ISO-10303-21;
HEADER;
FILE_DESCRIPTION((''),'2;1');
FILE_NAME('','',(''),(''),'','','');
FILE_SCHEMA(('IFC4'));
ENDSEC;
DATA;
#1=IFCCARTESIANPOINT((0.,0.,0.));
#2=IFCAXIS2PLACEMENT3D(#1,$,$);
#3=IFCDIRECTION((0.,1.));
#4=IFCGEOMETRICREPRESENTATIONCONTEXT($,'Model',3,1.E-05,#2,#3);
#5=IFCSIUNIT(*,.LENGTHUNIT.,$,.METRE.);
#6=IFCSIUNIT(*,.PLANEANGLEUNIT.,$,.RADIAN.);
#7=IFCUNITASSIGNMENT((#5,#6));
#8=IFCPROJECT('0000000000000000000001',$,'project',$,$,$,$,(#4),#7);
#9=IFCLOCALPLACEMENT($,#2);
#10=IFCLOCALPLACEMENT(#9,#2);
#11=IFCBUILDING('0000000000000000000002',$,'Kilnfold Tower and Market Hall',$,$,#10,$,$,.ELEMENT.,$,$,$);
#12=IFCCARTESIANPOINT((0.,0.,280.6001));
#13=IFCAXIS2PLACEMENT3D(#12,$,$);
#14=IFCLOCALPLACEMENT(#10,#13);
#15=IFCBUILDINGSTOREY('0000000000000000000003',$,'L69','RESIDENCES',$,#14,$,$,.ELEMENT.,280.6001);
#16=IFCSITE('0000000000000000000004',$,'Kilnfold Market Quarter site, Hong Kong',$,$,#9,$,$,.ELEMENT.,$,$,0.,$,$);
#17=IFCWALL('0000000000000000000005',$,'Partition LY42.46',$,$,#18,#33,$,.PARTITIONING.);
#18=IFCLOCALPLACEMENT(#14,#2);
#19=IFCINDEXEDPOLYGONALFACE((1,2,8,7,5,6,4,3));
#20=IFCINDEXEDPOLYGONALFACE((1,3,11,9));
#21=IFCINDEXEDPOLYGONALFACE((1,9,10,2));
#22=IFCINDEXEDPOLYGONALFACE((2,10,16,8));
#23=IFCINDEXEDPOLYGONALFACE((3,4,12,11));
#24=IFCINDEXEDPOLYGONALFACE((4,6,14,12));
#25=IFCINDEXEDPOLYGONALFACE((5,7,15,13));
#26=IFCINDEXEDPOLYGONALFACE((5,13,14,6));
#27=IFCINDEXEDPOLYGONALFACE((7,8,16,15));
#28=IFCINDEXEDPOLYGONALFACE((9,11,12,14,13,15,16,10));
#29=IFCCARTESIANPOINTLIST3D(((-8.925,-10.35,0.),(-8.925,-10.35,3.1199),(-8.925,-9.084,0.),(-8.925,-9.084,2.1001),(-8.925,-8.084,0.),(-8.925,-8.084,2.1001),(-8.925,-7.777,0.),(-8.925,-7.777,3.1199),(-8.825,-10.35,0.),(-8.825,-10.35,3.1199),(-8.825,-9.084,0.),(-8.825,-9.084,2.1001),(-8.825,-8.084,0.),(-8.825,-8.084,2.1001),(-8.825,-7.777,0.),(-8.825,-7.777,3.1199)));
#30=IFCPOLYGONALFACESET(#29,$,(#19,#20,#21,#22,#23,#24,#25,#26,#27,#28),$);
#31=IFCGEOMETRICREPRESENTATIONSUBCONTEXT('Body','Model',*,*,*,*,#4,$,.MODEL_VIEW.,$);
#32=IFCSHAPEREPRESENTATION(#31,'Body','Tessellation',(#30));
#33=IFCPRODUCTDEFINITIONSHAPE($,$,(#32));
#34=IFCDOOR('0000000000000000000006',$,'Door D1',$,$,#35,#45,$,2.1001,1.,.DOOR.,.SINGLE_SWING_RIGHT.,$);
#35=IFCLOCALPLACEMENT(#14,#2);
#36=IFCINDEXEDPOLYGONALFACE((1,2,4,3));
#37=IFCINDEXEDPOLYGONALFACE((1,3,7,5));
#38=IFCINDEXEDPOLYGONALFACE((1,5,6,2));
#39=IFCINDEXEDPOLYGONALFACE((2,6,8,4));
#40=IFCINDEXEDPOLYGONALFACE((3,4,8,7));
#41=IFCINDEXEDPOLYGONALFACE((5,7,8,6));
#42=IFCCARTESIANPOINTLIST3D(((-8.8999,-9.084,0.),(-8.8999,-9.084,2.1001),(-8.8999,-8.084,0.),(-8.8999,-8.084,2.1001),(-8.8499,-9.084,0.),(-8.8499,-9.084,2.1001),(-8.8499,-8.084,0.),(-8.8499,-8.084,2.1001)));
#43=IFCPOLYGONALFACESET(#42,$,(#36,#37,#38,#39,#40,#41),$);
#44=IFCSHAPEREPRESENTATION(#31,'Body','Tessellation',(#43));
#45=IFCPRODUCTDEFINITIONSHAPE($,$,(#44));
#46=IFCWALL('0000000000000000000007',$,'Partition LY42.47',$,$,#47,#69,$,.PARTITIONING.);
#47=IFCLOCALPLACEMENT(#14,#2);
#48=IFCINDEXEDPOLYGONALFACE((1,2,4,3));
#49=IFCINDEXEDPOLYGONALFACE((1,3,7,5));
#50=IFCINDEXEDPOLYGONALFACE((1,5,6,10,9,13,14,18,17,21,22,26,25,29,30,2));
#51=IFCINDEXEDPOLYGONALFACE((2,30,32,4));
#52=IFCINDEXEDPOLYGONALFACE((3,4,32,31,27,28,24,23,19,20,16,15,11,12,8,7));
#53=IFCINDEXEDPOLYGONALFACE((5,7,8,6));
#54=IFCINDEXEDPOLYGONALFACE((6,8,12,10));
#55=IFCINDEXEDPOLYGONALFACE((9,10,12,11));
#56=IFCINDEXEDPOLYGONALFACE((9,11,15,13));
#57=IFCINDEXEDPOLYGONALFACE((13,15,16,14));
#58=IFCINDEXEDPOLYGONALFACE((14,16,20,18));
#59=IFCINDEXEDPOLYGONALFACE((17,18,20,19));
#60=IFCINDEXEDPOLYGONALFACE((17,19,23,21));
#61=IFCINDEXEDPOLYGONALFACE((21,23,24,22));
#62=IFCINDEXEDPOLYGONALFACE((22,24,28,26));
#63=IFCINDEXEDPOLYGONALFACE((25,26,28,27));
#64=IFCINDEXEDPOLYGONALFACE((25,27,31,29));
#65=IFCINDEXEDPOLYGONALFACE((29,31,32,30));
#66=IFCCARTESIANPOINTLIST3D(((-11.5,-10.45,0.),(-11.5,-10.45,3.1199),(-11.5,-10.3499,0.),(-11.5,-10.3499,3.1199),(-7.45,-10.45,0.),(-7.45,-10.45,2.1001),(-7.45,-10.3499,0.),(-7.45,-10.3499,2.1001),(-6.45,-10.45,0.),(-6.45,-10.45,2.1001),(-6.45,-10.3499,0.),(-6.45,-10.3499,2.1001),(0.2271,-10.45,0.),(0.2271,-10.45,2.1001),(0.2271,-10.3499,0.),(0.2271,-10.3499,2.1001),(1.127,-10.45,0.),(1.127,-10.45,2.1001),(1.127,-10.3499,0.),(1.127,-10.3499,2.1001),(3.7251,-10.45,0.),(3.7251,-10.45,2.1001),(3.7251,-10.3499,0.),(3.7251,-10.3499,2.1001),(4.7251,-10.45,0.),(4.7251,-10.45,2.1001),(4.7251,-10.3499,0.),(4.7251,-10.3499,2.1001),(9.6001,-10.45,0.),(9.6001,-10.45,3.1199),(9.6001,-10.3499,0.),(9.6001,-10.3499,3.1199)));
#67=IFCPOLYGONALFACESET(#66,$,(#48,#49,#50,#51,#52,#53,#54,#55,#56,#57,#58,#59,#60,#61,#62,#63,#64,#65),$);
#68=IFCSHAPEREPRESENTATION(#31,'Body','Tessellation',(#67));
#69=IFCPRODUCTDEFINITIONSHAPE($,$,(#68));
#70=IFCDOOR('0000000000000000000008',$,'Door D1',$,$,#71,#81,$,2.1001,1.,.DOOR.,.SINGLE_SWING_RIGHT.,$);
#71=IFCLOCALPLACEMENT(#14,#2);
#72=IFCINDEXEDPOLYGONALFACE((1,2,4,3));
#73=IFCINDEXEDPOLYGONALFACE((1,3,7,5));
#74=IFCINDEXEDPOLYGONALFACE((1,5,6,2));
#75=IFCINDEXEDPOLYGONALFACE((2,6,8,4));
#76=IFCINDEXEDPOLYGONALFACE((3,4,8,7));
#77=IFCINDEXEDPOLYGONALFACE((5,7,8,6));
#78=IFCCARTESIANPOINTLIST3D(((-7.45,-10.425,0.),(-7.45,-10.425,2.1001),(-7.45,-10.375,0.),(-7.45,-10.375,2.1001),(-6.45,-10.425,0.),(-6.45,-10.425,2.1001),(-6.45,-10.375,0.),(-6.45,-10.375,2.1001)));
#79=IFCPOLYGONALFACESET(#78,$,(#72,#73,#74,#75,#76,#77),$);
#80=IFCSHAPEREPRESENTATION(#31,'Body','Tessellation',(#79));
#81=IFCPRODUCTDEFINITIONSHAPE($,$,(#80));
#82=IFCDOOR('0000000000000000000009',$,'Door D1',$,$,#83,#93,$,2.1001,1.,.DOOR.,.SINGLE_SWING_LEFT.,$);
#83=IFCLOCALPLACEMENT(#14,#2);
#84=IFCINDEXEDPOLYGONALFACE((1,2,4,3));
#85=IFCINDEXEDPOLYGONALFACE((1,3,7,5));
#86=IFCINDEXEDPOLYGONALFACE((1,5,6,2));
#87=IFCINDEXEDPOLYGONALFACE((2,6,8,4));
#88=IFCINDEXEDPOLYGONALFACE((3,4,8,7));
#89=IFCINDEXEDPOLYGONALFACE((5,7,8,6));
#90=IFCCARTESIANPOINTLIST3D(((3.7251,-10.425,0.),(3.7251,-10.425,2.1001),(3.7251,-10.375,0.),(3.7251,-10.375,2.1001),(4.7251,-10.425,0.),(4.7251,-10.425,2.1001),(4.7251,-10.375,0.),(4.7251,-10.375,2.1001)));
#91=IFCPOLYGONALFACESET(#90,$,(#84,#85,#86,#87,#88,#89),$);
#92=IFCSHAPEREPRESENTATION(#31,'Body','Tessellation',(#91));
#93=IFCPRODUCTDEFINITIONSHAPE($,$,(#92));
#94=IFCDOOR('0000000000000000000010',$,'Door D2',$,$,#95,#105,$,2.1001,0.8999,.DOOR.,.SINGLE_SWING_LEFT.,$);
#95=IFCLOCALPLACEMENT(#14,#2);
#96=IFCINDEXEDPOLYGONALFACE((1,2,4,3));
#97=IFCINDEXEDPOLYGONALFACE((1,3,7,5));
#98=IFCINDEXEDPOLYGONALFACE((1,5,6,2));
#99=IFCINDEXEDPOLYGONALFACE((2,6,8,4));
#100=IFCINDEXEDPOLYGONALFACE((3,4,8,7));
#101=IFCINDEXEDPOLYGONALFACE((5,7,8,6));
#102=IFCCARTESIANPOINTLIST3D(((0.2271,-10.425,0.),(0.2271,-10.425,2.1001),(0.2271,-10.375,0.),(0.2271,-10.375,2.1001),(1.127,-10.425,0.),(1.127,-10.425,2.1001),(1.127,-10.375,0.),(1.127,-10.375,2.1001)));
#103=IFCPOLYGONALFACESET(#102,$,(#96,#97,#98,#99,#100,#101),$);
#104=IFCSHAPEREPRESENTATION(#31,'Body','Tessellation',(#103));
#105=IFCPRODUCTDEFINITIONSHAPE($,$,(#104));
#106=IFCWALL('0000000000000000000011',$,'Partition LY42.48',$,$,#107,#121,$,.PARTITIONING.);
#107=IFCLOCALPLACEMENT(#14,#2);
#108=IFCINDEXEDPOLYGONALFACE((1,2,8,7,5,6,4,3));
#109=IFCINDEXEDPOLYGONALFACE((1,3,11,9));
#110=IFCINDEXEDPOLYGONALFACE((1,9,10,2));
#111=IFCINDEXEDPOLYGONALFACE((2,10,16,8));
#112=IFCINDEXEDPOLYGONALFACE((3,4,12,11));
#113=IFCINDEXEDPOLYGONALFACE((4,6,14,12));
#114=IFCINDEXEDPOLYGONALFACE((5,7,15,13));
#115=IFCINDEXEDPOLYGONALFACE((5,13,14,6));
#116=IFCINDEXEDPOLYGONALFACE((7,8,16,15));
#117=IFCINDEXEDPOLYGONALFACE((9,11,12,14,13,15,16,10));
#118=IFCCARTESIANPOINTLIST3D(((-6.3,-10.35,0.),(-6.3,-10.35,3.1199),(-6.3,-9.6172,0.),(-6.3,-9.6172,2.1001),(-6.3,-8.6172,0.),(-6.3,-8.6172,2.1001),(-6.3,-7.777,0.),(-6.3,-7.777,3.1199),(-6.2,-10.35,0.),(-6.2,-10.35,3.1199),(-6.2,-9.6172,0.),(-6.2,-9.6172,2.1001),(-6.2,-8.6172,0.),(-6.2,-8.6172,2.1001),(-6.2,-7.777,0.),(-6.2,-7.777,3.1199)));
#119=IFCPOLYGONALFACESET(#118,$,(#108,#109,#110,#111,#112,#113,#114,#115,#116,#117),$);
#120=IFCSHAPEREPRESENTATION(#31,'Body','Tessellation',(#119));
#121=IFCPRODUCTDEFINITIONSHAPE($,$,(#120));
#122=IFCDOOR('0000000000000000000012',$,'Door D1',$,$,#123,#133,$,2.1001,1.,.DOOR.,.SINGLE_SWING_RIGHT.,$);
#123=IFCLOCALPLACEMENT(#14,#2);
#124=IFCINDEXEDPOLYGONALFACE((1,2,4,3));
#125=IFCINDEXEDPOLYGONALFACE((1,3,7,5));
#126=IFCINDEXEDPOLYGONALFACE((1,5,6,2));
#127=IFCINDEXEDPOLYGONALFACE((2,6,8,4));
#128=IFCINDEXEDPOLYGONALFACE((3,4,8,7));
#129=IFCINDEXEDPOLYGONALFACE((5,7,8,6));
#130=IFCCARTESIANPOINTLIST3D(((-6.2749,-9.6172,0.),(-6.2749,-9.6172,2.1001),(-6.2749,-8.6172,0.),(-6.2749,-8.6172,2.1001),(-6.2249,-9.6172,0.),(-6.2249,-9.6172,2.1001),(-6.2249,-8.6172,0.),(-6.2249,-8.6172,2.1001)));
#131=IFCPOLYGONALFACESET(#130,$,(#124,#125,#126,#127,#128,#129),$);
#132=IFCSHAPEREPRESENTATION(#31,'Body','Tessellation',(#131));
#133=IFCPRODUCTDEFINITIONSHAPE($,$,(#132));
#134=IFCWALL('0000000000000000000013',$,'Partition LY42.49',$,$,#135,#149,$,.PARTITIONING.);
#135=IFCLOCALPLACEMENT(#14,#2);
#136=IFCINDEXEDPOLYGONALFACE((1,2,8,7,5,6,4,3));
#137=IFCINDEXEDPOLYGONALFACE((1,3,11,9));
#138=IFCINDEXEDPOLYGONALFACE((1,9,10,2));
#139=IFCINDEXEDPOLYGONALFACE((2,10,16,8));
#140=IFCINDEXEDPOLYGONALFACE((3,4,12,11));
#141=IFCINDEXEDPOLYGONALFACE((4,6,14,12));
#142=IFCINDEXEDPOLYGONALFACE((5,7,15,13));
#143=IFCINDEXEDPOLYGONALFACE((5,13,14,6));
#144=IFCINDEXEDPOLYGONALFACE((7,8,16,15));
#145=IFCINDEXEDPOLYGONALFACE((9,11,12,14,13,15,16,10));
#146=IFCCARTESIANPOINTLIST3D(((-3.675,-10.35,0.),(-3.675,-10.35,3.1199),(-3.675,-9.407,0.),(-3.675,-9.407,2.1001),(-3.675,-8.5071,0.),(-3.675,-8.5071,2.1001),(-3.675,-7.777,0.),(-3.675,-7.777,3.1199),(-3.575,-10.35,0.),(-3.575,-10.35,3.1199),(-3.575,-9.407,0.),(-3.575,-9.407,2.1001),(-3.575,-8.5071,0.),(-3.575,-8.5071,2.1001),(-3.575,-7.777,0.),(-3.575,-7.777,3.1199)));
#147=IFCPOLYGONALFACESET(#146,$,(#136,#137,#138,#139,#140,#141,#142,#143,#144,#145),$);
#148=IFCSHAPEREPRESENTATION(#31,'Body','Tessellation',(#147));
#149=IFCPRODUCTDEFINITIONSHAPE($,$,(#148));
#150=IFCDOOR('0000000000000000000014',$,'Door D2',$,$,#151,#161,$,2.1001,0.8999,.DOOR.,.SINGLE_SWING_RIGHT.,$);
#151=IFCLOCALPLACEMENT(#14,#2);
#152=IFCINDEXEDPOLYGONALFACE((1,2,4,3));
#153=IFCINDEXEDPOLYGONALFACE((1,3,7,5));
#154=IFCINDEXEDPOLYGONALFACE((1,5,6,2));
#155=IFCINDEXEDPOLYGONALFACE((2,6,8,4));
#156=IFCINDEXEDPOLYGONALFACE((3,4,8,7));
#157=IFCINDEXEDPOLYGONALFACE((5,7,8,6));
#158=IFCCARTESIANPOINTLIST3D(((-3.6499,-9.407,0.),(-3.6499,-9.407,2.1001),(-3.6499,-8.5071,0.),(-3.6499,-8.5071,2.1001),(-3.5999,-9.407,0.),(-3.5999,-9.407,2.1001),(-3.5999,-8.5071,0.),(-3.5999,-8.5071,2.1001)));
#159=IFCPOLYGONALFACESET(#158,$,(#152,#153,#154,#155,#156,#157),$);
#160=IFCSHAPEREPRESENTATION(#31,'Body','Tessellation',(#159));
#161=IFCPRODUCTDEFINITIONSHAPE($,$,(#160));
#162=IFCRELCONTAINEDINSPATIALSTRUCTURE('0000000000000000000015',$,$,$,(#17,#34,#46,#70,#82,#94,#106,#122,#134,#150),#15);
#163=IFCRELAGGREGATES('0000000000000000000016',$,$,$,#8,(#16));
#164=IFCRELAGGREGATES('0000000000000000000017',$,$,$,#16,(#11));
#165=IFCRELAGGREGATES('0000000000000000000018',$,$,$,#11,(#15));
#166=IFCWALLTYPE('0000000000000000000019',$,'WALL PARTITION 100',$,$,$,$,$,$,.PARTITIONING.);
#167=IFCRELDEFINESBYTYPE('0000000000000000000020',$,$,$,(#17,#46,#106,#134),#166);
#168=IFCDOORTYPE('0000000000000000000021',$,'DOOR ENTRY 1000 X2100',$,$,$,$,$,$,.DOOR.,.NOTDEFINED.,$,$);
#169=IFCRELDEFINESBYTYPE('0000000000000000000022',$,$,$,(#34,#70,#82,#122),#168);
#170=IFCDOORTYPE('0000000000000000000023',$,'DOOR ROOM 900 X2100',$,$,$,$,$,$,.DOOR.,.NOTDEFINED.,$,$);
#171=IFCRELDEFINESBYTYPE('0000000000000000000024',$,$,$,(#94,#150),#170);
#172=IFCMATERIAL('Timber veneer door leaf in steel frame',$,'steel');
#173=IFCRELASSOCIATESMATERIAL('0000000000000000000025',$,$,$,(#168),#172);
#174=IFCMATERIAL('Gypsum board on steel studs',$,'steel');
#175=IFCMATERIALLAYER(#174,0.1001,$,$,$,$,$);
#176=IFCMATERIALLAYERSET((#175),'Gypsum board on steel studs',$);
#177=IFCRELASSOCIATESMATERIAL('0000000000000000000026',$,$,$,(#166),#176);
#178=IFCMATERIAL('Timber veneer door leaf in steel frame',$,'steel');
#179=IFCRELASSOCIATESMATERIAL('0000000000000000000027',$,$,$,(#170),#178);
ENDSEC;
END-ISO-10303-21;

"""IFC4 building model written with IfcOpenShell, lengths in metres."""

from ifc_helpers import new_model, si_unit, direction, frame, frame_2d, origin, place, context, subcontext, project, spatial, rectangle, extrude, material, layer, layer_set, type_object, element, fill, save


model = new_model("IFC4")

# Units and contexts
model_context = context("Model", 3, precision=1e-05, world=origin(), true_north=direction((0.0, 1.0)))
body_context = subcontext(model_context, "Body", "Model", "MODEL_VIEW")
ifc_project = project(units=[si_unit("LENGTHUNIT", "METRE"), si_unit("PLANEANGLEUNIT", "RADIAN")], contexts=[model_context])

# Site, building, storey
site_placement = place(None, origin())
site = spatial("IfcSite", under=ifc_project, at=site_placement, Name="Kilnfold Market Quarter site, Hong Kong", CompositionType="ELEMENT", RefElevation=0.0)
building_placement = place(site_placement, origin())
building = spatial("IfcBuilding", under=site, at=building_placement, Name="Kilnfold Tower and Market Hall", CompositionType="ELEMENT")
storey_placement = place(building_placement, frame((0.0, 0.0, 280.6001)))
storey = spatial("IfcBuildingStorey", under=building, at=storey_placement, Name="L69", Description="RESIDENCES", CompositionType="ELEMENT", Elevation=280.6001)

# Shared definitions
ifc_material_1 = material(Name="Timber veneer door leaf in steel frame", Category="steel")
door_type_1 = type_object("IfcDoorType", Name="DOOR ENTRY 1000 X2100", OperationType="NOTDEFINED", PredefinedType="DOOR", material=ifc_material_1)

# Wall, opening, door
ifc_material_2 = material(Name="Gypsum board on steel studs", Category="steel")
ifc_layer_1 = layer(ifc_material_2, 0.1001)
ifc_layer_set_1 = layer_set([ifc_layer_1], Name="Gypsum board on steel studs")
wall_type_1 = type_object("IfcWallType", Name="WALL PARTITION 100", PredefinedType="PARTITIONING", material=ifc_layer_set_1)
wall_1_placement = place(storey_placement, frame((-8.875, -10.3501, 0.0), z_axis=(0.0, 0.0, 1.0), x_axis=(0.0, 1.0, 0.0)))
wall_1 = element("IfcWall", 1, at=wall_1_placement, inside=storey, type_object=wall_type_1, Name="Partition LY42.46", PredefinedType="PARTITIONING", context=body_context, shape_type="SweptSolid", body=[
    extrude(rectangle(XDim=2.573, YDim=0.1001, at=frame_2d((1.2866, 0.0))), origin(), (0.0, 0.0, 1.0), 3.1199),
])
opening_1_placement = place(wall_1_placement, frame((1.2661, 0.0, 0.0)))
opening_1 = element("IfcOpeningElement", 2, at=opening_1_placement, cuts=wall_1, PredefinedType="OPENING", context=body_context, shape_type="SweptSolid", body=[
    extrude(rectangle(XDim=1.0, YDim=2.1001, at=frame_2d((0.5, 1.05))), frame((0.0, 0.0601, 0.0), z_axis=(0.0, -1.0, 0.0), x_axis=(1.0, 0.0, 0.0)), (0.0, 0.0, 1.0), 0.1201),
])
door_1_placement = place(opening_1_placement, origin())
door_1 = element("IfcDoor", 3, at=door_1_placement, inside=storey, type_object=door_type_1, Name="Door D1", OperationType="SINGLE_SWING_RIGHT", OverallHeight=2.1001, OverallWidth=1.0, PredefinedType="DOOR", context=body_context, shape_type="SweptSolid", body=[
    extrude(rectangle(XDim=1.0, YDim=2.1001, at=frame_2d((0.5, 1.05))), frame((0.0, 0.0249, 0.0), z_axis=(0.0, -1.0, 0.0), x_axis=(1.0, 0.0, 0.0)), (0.0, 0.0, 1.0), 0.05),
])
fill(opening_1, door_1)

# Wall, openings, doors
wall_2_placement = place(storey_placement, frame((-11.5, -10.3999, 0.0), z_axis=(0.0, 0.0, 1.0), x_axis=(1.0, 0.0, 0.0)))
wall_2 = element("IfcWall", 4, at=wall_2_placement, inside=storey, type_object=wall_type_1, Name="Partition LY42.47", PredefinedType="PARTITIONING", context=body_context, shape_type="SweptSolid", body=[
    extrude(rectangle(XDim=21.1001, YDim=0.1001, at=frame_2d((10.55, 0.0))), origin(), (0.0, 0.0, 1.0), 3.1199),
])
opening_2_placement = place(wall_2_placement, frame((4.05, 0.0, 0.0)))
opening_2 = element("IfcOpeningElement", 5, at=opening_2_placement, cuts=wall_2, PredefinedType="OPENING", context=body_context, shape_type="SweptSolid", body=[
    extrude(rectangle(XDim=1.0, YDim=2.1001, at=frame_2d((0.5, 1.05))), frame((0.0, 0.0601, 0.0), z_axis=(0.0, -1.0, 0.0), x_axis=(1.0, 0.0, 0.0)), (0.0, 0.0, 1.0), 0.1201),
])
opening_3_placement = place(wall_2_placement, frame((11.7271, 0.0, 0.0)))
opening_3 = element("IfcOpeningElement", 6, at=opening_3_placement, cuts=wall_2, PredefinedType="OPENING", context=body_context, shape_type="SweptSolid", body=[
    extrude(rectangle(XDim=0.8999, YDim=2.1001, at=frame_2d((0.45, 1.05))), frame((0.0, 0.0601, 0.0), z_axis=(0.0, -1.0, 0.0), x_axis=(1.0, 0.0, 0.0)), (0.0, 0.0, 1.0), 0.1201),
])
opening_4_placement = place(wall_2_placement, frame((15.2251, 0.0, 0.0)))
opening_4 = element("IfcOpeningElement", 7, at=opening_4_placement, cuts=wall_2, PredefinedType="OPENING", context=body_context, shape_type="SweptSolid", body=[
    extrude(rectangle(XDim=1.0, YDim=2.1001, at=frame_2d((0.5, 1.05))), frame((0.0, 0.0601, 0.0), z_axis=(0.0, -1.0, 0.0), x_axis=(1.0, 0.0, 0.0)), (0.0, 0.0, 1.0), 0.1201),
])
door_2_placement = place(opening_2_placement, origin())
door_2 = element("IfcDoor", 8, at=door_2_placement, inside=storey, type_object=door_type_1, Name="Door D1", OperationType="SINGLE_SWING_RIGHT", OverallHeight=2.1001, OverallWidth=1.0, PredefinedType="DOOR", context=body_context, shape_type="SweptSolid", body=[
    extrude(rectangle(XDim=1.0, YDim=2.1001, at=frame_2d((0.5, 1.05))), frame((0.0, 0.0249, 0.0), z_axis=(0.0, -1.0, 0.0), x_axis=(1.0, 0.0, 0.0)), (0.0, 0.0, 1.0), 0.05),
])
fill(opening_2, door_2)
door_3_placement = place(opening_4_placement, origin())
door_3 = element("IfcDoor", 9, at=door_3_placement, inside=storey, type_object=door_type_1, Name="Door D1", OperationType="SINGLE_SWING_LEFT", OverallHeight=2.1001, OverallWidth=1.0, PredefinedType="DOOR", context=body_context, shape_type="SweptSolid", body=[
    extrude(rectangle(XDim=1.0, YDim=2.1001, at=frame_2d((0.5, 1.05))), frame((0.0, 0.0249, 0.0), z_axis=(0.0, -1.0, 0.0), x_axis=(1.0, 0.0, 0.0)), (0.0, 0.0, 1.0), 0.05),
])
fill(opening_4, door_3)
ifc_material_3 = material(Name="Timber veneer door leaf in steel frame", Category="steel")
door_type_2 = type_object("IfcDoorType", Name="DOOR ROOM 900 X2100", OperationType="NOTDEFINED", PredefinedType="DOOR", material=ifc_material_3)
door_4_placement = place(opening_3_placement, origin())
door_4 = element("IfcDoor", 10, at=door_4_placement, inside=storey, type_object=door_type_2, Name="Door D2", OperationType="SINGLE_SWING_LEFT", OverallHeight=2.1001, OverallWidth=0.8999, PredefinedType="DOOR", context=body_context, shape_type="SweptSolid", body=[
    extrude(rectangle(XDim=0.8999, YDim=2.1001, at=frame_2d((0.45, 1.05))), frame((0.0, 0.0249, 0.0), z_axis=(0.0, -1.0, 0.0), x_axis=(1.0, 0.0, 0.0)), (0.0, 0.0, 1.0), 0.05),
])
fill(opening_3, door_4)

# Walls, openings, doors
wall_3_placement = place(storey_placement, frame((-6.25, -10.3501, 0.0), z_axis=(0.0, 0.0, 1.0), x_axis=(0.0, 1.0, 0.0)))
wall_3 = element("IfcWall", 11, at=wall_3_placement, inside=storey, type_object=wall_type_1, Name="Partition LY42.48", PredefinedType="PARTITIONING", context=body_context, shape_type="SweptSolid", body=[
    extrude(rectangle(XDim=2.573, YDim=0.1001, at=frame_2d((1.2866, 0.0))), origin(), (0.0, 0.0, 1.0), 3.1199),
])
opening_5_placement = place(wall_3_placement, frame((0.7329, 0.0, 0.0)))
opening_5 = element("IfcOpeningElement", 12, at=opening_5_placement, cuts=wall_3, PredefinedType="OPENING", context=body_context, shape_type="SweptSolid", body=[
    extrude(rectangle(XDim=1.0, YDim=2.1001, at=frame_2d((0.5, 1.05))), frame((0.0, 0.0601, 0.0), z_axis=(0.0, -1.0, 0.0), x_axis=(1.0, 0.0, 0.0)), (0.0, 0.0, 1.0), 0.1201),
])
door_5_placement = place(opening_5_placement, origin())
door_5 = element("IfcDoor", 13, at=door_5_placement, inside=storey, type_object=door_type_1, Name="Door D1", OperationType="SINGLE_SWING_RIGHT", OverallHeight=2.1001, OverallWidth=1.0, PredefinedType="DOOR", context=body_context, shape_type="SweptSolid", body=[
    extrude(rectangle(XDim=1.0, YDim=2.1001, at=frame_2d((0.5, 1.05))), frame((0.0, 0.0249, 0.0), z_axis=(0.0, -1.0, 0.0), x_axis=(1.0, 0.0, 0.0)), (0.0, 0.0, 1.0), 0.05),
])
fill(opening_5, door_5)
wall_4_placement = place(storey_placement, frame((-3.625, -10.3501, 0.0), z_axis=(0.0, 0.0, 1.0), x_axis=(0.0, 1.0, 0.0)))
wall_4 = element("IfcWall", 14, at=wall_4_placement, inside=storey, type_object=wall_type_1, Name="Partition LY42.49", PredefinedType="PARTITIONING", context=body_context, shape_type="SweptSolid", body=[
    extrude(rectangle(XDim=2.573, YDim=0.1001, at=frame_2d((1.2866, 0.0))), origin(), (0.0, 0.0, 1.0), 3.1199),
])
opening_6_placement = place(wall_4_placement, frame((0.9431, 0.0, 0.0)))
opening_6 = element("IfcOpeningElement", 15, at=opening_6_placement, cuts=wall_4, PredefinedType="OPENING", context=body_context, shape_type="SweptSolid", body=[
    extrude(rectangle(XDim=0.8999, YDim=2.1001, at=frame_2d((0.45, 1.05))), frame((0.0, 0.0601, 0.0), z_axis=(0.0, -1.0, 0.0), x_axis=(1.0, 0.0, 0.0)), (0.0, 0.0, 1.0), 0.1201),
])
door_6_placement = place(opening_6_placement, origin())
door_6 = element("IfcDoor", 16, at=door_6_placement, inside=storey, type_object=door_type_2, Name="Door D2", OperationType="SINGLE_SWING_RIGHT", OverallHeight=2.1001, OverallWidth=0.8999, PredefinedType="DOOR", context=body_context, shape_type="SweptSolid", body=[
    extrude(rectangle(XDim=0.8999, YDim=2.1001, at=frame_2d((0.45, 1.05))), frame((0.0, 0.0249, 0.0), z_axis=(0.0, -1.0, 0.0), x_axis=(1.0, 0.0, 0.0)), (0.0, 0.0, 1.0), 0.05),
])
fill(opening_6, door_6)

save(model, "model.ifc")
